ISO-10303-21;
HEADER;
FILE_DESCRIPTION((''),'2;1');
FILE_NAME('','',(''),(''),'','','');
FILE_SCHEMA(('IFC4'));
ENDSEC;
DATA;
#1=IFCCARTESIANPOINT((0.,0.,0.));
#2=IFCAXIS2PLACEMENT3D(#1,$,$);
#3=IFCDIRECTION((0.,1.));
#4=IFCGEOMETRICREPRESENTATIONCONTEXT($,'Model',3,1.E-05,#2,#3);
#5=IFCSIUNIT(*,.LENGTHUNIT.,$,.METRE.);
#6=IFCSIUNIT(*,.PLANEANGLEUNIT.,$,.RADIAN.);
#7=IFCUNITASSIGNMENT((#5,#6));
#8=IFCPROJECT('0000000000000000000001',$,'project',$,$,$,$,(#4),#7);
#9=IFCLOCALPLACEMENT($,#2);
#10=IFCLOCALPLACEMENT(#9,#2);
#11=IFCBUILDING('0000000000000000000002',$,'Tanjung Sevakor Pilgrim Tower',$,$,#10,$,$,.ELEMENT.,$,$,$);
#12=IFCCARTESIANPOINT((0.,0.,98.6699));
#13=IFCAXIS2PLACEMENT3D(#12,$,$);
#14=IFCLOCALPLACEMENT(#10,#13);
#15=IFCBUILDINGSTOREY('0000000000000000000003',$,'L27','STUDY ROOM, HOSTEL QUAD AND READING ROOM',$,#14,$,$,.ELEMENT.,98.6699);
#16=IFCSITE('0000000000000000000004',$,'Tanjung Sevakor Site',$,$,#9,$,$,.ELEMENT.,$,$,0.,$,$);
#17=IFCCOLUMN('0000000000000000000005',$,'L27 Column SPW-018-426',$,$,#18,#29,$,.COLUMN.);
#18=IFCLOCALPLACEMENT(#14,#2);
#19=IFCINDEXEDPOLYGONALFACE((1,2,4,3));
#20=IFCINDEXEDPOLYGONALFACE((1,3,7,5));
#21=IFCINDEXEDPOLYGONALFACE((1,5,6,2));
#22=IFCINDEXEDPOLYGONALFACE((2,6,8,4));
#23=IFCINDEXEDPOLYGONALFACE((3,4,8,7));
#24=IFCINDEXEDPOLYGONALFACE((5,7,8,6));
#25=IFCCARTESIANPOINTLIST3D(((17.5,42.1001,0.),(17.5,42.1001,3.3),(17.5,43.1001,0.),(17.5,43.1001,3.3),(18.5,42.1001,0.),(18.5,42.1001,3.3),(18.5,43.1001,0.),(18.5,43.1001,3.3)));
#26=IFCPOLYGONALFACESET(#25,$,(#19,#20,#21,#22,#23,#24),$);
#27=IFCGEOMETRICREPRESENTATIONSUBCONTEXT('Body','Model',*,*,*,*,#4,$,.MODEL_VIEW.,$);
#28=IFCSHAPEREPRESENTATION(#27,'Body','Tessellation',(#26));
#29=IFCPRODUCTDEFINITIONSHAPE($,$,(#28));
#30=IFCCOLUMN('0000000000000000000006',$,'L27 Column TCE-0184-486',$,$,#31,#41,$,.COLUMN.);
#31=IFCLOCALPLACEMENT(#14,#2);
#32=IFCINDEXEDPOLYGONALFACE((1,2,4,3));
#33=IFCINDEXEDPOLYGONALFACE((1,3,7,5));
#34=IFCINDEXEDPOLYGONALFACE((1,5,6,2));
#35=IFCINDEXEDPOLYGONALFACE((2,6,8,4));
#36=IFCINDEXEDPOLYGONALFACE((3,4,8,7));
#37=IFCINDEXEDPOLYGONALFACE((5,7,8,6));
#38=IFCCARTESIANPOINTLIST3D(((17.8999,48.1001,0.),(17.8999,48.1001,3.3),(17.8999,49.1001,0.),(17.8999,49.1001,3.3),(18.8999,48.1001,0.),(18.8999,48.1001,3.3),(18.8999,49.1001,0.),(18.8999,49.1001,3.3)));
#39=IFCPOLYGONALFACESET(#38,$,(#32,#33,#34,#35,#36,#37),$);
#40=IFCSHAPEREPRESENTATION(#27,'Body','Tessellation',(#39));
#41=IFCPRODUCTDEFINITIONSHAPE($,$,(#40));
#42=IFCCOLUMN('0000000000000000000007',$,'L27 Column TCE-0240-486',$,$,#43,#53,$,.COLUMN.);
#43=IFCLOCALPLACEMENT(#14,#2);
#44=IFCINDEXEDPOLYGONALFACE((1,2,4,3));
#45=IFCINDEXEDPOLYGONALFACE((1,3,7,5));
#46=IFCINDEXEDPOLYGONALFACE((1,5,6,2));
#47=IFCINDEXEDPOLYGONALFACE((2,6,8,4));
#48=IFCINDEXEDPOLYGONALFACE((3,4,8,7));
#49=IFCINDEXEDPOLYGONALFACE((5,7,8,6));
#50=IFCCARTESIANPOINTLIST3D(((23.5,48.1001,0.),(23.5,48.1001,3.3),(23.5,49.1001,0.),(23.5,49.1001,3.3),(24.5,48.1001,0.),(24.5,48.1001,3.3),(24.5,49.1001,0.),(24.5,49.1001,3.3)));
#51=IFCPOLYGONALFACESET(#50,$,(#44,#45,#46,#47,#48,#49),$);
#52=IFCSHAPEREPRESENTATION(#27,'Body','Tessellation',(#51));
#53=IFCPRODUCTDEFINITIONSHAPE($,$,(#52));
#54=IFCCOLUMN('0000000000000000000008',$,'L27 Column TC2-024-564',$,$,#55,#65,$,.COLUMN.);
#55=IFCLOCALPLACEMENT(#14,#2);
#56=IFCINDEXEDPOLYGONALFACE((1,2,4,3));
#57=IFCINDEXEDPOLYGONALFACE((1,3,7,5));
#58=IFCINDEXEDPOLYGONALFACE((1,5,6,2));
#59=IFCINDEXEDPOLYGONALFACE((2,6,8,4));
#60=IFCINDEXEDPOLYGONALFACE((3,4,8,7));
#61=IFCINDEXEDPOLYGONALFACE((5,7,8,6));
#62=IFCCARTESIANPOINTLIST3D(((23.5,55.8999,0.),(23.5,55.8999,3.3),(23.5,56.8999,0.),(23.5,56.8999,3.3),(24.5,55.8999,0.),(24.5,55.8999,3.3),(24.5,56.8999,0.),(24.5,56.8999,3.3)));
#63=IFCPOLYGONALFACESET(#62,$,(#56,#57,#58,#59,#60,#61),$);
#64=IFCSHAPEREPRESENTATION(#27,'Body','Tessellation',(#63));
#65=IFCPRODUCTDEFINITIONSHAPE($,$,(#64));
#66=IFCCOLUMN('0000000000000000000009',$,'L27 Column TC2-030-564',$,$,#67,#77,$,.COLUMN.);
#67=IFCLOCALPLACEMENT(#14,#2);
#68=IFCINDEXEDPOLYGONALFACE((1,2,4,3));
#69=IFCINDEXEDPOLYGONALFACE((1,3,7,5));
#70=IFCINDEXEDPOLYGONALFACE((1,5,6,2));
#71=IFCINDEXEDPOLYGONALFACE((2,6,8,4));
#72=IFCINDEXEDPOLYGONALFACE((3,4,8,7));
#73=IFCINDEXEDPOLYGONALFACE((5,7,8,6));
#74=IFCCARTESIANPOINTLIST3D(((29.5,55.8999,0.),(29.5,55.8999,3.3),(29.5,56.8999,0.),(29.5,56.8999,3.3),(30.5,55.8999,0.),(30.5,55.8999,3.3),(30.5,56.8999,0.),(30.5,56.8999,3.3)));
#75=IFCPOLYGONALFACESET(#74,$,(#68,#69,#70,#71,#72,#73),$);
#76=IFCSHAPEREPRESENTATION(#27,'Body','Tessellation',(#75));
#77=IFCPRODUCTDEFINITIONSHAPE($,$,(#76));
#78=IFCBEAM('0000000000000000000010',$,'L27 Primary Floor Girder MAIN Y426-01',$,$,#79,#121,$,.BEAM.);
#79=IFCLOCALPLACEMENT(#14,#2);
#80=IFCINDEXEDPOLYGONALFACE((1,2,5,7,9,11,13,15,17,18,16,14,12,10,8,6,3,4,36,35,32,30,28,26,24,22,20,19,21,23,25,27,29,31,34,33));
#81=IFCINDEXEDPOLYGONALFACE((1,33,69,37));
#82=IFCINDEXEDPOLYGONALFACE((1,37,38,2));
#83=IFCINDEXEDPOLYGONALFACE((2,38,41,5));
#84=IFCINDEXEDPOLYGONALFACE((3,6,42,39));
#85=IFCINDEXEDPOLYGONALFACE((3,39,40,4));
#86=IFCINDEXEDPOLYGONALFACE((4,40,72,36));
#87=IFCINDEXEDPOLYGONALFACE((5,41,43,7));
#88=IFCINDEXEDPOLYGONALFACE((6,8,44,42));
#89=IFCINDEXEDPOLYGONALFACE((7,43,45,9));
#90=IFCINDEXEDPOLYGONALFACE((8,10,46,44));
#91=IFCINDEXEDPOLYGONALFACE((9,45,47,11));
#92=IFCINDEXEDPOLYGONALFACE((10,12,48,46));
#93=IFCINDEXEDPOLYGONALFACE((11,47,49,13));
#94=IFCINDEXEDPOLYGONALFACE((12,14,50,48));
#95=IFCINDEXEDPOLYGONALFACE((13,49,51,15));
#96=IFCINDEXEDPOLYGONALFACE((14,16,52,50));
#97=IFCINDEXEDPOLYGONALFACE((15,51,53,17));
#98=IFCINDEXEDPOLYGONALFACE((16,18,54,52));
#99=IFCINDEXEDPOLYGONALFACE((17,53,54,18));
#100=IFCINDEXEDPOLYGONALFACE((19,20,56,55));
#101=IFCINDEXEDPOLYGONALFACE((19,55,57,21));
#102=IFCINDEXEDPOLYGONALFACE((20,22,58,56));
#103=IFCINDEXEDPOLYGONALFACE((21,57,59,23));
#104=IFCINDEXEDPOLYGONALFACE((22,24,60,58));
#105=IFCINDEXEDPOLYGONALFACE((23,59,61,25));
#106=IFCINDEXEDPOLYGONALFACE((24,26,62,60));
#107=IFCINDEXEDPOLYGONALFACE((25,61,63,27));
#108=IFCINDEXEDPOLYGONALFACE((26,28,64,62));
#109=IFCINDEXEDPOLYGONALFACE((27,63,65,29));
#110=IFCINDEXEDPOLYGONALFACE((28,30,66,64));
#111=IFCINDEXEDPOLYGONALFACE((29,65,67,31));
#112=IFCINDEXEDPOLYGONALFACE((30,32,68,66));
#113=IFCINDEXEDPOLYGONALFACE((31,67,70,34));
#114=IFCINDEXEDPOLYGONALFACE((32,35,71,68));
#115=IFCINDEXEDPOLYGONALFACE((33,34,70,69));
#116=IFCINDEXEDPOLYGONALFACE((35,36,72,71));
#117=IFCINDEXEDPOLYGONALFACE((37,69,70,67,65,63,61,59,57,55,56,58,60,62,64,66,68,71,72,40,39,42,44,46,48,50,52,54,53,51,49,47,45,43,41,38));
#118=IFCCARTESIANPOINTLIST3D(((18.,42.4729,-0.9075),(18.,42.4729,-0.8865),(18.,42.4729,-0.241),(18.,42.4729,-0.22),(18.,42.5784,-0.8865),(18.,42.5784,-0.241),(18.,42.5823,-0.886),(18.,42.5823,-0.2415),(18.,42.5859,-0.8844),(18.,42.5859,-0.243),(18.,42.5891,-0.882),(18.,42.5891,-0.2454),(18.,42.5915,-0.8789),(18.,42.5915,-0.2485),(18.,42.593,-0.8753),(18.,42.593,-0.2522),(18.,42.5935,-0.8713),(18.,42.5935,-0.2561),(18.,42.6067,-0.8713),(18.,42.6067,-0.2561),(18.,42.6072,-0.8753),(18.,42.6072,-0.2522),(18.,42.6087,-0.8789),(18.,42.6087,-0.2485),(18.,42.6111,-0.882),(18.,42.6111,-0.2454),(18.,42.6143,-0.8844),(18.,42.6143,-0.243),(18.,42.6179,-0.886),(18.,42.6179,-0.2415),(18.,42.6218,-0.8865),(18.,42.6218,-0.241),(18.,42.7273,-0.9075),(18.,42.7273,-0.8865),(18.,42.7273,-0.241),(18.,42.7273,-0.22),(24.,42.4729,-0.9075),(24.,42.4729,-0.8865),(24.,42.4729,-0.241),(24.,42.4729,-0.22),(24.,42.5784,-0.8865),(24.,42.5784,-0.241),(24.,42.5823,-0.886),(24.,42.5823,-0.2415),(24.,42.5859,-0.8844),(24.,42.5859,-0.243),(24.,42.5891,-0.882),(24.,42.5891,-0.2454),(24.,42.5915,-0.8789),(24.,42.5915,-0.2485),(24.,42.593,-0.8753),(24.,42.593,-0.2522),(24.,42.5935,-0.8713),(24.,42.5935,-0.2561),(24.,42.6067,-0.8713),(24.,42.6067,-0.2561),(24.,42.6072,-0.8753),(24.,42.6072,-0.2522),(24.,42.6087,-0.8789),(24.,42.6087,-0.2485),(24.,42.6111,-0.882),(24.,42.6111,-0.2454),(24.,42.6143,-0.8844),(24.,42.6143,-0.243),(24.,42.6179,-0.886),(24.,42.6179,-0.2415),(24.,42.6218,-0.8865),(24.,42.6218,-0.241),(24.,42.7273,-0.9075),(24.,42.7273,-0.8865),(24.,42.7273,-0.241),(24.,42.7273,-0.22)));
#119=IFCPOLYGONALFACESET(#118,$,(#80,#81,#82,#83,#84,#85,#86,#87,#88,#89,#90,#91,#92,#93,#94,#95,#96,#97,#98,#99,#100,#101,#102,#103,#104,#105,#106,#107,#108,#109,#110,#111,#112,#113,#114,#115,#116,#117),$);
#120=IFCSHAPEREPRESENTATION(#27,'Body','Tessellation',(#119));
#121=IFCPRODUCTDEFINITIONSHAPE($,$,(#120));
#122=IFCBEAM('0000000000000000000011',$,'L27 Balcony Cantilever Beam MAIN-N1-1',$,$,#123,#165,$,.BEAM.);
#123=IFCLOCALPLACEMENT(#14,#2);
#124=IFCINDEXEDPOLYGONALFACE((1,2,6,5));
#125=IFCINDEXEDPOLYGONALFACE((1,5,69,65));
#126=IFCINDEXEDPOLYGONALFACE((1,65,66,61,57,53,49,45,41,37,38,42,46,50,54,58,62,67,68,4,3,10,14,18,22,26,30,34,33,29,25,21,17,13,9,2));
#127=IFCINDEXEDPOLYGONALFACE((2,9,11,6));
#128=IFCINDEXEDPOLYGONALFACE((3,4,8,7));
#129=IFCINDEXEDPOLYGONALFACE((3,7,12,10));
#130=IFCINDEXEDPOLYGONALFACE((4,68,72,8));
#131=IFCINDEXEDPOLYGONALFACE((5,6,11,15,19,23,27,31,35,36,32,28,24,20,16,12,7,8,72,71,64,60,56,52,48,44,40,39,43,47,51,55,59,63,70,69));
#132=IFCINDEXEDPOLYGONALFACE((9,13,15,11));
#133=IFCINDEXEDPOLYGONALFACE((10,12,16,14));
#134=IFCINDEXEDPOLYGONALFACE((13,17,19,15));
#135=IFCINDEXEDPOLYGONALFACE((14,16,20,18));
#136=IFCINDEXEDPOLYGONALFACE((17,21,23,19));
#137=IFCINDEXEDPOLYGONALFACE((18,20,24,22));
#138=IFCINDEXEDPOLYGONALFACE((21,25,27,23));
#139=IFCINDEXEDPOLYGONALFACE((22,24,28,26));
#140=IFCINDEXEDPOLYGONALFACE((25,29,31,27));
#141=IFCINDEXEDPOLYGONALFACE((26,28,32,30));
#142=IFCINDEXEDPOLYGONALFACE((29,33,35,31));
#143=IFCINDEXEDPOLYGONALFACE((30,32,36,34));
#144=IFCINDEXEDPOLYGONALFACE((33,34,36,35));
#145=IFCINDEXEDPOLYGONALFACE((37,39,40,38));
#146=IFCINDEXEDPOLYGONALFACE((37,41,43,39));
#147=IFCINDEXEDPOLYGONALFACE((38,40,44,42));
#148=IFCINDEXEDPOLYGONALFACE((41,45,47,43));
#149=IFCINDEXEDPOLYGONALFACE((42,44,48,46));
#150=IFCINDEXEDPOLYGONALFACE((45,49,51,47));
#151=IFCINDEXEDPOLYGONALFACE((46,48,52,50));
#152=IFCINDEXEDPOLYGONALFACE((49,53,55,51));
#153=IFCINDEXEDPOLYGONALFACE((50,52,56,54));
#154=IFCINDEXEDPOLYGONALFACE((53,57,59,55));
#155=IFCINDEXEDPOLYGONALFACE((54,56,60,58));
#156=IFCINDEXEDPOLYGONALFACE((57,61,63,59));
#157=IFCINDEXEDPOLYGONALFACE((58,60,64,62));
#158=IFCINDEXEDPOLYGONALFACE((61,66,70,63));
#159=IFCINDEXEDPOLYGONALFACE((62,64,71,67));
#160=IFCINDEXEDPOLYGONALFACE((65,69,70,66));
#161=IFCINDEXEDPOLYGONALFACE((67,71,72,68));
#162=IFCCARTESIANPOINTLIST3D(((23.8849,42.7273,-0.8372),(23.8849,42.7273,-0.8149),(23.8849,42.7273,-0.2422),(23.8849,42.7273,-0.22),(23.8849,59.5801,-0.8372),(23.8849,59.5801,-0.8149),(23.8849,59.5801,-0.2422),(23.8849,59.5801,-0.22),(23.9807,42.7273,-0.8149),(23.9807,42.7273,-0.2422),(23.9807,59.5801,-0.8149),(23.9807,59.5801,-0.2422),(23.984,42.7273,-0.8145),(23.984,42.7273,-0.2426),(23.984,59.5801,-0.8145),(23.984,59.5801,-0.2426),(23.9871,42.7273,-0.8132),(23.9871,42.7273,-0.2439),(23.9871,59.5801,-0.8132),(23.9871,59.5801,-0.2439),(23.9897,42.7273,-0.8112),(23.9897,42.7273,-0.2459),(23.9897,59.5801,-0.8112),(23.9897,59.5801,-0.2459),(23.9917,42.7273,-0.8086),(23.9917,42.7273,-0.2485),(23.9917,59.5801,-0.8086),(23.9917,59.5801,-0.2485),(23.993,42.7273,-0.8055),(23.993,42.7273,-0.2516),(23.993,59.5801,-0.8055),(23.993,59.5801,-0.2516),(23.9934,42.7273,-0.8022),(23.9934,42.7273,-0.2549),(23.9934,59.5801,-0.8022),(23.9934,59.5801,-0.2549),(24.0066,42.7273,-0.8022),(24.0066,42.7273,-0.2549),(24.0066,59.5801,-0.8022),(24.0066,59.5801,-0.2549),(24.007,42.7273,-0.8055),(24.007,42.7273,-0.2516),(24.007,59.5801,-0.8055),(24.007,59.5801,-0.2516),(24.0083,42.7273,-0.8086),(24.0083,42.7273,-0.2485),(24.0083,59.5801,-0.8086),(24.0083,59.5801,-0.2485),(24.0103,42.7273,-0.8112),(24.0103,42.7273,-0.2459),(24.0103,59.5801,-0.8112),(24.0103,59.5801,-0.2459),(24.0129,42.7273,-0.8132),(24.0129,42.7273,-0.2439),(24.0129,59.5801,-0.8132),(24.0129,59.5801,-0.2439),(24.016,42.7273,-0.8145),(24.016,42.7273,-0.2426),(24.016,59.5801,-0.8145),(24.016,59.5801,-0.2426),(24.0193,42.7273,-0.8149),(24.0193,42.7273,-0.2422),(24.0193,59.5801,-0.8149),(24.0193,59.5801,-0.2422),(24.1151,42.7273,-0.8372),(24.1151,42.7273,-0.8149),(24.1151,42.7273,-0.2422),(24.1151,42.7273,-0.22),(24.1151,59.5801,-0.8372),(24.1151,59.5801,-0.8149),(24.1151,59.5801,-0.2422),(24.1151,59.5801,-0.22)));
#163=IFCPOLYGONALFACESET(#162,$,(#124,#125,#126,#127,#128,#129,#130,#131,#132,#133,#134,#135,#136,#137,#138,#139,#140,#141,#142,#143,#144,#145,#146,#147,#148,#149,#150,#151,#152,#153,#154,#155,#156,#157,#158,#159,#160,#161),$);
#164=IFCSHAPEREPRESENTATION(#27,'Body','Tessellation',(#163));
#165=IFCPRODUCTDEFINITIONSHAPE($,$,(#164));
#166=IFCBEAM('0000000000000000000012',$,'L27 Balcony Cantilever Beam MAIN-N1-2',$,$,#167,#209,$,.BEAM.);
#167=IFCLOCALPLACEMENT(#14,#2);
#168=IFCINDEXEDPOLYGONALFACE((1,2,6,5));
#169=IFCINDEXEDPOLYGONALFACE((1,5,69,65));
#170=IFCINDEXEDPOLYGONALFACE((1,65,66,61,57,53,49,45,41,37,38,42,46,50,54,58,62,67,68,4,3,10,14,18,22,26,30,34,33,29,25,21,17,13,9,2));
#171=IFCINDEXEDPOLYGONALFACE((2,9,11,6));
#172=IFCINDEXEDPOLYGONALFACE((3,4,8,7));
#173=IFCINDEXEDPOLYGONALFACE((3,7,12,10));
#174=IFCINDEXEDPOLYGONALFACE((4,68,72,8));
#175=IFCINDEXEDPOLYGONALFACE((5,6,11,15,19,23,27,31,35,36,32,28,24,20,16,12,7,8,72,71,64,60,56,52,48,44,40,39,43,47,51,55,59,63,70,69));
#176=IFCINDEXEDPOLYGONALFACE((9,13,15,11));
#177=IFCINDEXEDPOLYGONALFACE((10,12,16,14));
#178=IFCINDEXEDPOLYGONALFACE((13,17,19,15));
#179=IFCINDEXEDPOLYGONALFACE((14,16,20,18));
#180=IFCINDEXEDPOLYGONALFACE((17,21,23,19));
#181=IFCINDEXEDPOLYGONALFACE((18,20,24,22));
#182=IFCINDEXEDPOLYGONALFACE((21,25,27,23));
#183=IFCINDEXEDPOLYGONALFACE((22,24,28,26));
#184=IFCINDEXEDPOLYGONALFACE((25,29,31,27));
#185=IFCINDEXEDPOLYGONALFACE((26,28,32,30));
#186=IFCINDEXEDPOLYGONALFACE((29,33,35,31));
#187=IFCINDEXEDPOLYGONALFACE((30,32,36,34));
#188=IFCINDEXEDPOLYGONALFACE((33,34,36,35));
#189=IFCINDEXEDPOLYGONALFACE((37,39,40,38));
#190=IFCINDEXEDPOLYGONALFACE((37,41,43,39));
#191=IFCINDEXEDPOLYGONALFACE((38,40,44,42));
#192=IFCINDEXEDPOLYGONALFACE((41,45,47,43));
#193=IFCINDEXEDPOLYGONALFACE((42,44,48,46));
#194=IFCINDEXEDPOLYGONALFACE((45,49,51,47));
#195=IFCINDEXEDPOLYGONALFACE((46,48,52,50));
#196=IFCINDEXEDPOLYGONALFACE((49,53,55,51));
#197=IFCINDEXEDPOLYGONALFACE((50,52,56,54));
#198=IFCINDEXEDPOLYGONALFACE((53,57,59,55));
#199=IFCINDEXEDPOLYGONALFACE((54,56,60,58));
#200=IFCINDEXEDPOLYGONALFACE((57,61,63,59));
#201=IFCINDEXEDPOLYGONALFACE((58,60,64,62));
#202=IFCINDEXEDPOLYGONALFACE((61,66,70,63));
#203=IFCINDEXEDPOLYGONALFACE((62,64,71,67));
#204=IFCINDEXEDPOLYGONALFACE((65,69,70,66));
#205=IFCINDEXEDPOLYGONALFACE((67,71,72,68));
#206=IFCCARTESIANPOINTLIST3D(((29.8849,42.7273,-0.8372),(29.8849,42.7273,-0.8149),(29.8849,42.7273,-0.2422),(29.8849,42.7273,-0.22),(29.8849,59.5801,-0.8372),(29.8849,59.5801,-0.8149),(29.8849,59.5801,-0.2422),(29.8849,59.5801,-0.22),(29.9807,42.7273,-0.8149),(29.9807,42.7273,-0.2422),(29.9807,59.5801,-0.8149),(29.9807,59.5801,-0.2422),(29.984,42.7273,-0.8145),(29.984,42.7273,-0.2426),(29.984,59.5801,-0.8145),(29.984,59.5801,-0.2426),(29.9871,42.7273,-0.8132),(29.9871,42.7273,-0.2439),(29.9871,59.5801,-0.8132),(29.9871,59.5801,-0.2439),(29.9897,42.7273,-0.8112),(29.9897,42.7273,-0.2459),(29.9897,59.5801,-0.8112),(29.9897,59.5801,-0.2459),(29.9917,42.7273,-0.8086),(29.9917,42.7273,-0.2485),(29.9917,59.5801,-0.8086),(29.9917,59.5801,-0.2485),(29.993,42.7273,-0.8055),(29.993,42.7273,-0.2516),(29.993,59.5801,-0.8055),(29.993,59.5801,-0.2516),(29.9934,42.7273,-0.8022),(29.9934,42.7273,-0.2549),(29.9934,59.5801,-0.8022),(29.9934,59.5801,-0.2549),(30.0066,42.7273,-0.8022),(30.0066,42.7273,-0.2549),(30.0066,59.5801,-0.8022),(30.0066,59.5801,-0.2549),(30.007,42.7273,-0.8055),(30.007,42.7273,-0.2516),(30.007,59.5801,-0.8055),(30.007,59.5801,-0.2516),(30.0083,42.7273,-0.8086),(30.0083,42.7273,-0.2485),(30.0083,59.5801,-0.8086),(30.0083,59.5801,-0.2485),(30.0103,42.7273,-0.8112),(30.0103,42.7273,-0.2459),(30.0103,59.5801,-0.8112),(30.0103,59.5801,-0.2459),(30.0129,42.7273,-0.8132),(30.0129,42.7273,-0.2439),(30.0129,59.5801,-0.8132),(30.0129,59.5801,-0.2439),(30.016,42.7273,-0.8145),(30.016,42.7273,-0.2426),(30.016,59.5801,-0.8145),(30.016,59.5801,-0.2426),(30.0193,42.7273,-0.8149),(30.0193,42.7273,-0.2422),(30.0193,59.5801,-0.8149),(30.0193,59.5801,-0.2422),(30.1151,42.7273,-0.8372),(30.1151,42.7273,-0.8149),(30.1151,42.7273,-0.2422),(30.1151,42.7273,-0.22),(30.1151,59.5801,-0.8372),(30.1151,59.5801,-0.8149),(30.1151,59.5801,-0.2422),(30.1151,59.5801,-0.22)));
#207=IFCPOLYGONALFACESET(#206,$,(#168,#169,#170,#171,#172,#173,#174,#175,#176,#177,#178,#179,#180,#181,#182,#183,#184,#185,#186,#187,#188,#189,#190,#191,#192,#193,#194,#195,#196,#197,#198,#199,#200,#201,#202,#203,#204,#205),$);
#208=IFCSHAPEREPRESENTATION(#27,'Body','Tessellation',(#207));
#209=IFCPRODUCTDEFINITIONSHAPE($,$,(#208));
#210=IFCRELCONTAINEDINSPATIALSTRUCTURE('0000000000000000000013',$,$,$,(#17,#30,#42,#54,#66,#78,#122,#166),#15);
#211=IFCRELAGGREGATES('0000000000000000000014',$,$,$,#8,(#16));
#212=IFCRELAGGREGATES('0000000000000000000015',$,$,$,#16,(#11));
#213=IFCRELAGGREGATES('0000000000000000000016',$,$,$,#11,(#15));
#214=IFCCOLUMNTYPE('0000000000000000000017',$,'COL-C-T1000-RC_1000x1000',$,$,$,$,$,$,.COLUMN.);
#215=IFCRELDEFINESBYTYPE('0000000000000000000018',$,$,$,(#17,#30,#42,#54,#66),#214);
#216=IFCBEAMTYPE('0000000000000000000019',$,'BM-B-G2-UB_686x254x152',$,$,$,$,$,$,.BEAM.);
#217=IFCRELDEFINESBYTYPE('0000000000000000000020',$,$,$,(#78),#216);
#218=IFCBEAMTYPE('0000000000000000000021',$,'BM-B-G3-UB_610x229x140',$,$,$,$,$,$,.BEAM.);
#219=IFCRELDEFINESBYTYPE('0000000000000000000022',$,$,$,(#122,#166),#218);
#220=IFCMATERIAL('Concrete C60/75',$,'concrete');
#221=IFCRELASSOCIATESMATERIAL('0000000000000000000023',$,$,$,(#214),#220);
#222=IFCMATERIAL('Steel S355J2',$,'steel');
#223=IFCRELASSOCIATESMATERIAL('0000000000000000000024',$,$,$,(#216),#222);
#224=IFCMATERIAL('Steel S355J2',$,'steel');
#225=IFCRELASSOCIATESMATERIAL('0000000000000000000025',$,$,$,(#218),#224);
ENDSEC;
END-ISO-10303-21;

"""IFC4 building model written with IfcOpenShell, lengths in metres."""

from ifc_helpers import new_model, si_unit, direction, frame, origin, origin_2d, place, context, subcontext, project, spatial, rectangle, i_section, extrude, material, material_profile, profile_set, type_object, element, save


model = new_model("IFC4")

# Units and contexts
model_context = context("Model", 3, precision=1e-05, world=origin(), true_north=direction((0.0, 1.0)))
body_context = subcontext(model_context, "Body", "Model", "MODEL_VIEW")
ifc_project = project(units=[si_unit("LENGTHUNIT", "METRE"), si_unit("PLANEANGLEUNIT", "RADIAN")], contexts=[model_context])

# Site, building, storey
site_placement = place(None, origin())
site = spatial("IfcSite", under=ifc_project, at=site_placement, Name="Tanjung Sevakor Site", CompositionType="ELEMENT", RefElevation=0.0)
building_placement = place(site_placement, origin())
building = spatial("IfcBuilding", under=site, at=building_placement, Name="Tanjung Sevakor Pilgrim Tower", CompositionType="ELEMENT")
storey_placement = place(building_placement, frame((0.0, 0.0, 98.6699)))
storey = spatial("IfcBuildingStorey", under=building, at=storey_placement, Name="L27", Description="STUDY ROOM, HOSTEL QUAD AND READING ROOM", CompositionType="ELEMENT", Elevation=98.6699)

# Columns
ifc_material_1 = material(Name="Concrete C60/75", Category="concrete")
ifc_material_profile_1 = material_profile(ifc_material_1, rectangle(XDim=1.0, YDim=1.0, at=origin_2d()))
ifc_profile_set_1 = profile_set([ifc_material_profile_1], Name="Concrete C60/75")
column_type = type_object("IfcColumnType", Name="COL-C-T1000-RC_1000x1000", PredefinedType="COLUMN", material=ifc_profile_set_1)
for number, where, z_axis, x_axis, name in (
    (1, (18.0, 42.6001, 0.0), (0.0, 0.0, 1.0), (1.0, 0.0, 0.0), "L27 Column SPW-018-426"),
    (2, (18.3999, 48.6001, 0.0), (0.0, 0.0, 1.0), (1.0, 0.0, 0.0), "L27 Column TCE-0184-486"),
    (3, (24.0, 48.6001, 0.0), (0.0, 0.0, 1.0), (1.0, 0.0, 0.0), "L27 Column TCE-0240-486"),
    (4, (24.0, 56.3999, 0.0), (0.0, 0.0, 1.0), (1.0, 0.0, 0.0), "L27 Column TC2-024-564"),
    (5, (30.0, 56.3999, 0.0), (0.0, 0.0, 1.0), (1.0, 0.0, 0.0), "L27 Column TC2-030-564"),
):
    element("IfcColumn", number, at=place(storey_placement, frame(where, z_axis=z_axis, x_axis=x_axis)), inside=storey, type_object=column_type, Name=name, PredefinedType="COLUMN", context=body_context, shape_type="SweptSolid", body=[
        extrude(rectangle(XDim=1.0, YDim=1.0, at=origin_2d()), origin(), (0.0, 0.0, 1.0), 3.3),
    ])

# Beams
ifc_material_2 = material(Name="Steel S355J2", Category="steel")
ifc_material_profile_2 = material_profile(ifc_material_2, i_section(OverallWidth=0.2544, OverallDepth=0.6875, WebThickness=0.0132, FlangeThickness=0.021, FilletRadius=0.0151, at=origin_2d()))
ifc_profile_set_2 = profile_set([ifc_material_profile_2], Name="Steel S355J2")
beam_type_1 = type_object("IfcBeamType", Name="BM-B-G2-UB_686x254x152", PredefinedType="BEAM", material=ifc_profile_set_2)
beam_1_placement = place(storey_placement, frame((18.0, 42.6001, -0.5637), z_axis=(1.0, 0.0, 0.0), x_axis=(0.0, 1.0, 0.0)))
element("IfcBeam", 6, at=beam_1_placement, inside=storey, type_object=beam_type_1, Name="L27 Primary Floor Girder MAIN Y426-01", PredefinedType="BEAM", context=body_context, shape_type="SweptSolid", body=[
    extrude(i_section(OverallWidth=0.2544, OverallDepth=0.6875, WebThickness=0.0132, FlangeThickness=0.021, FilletRadius=0.0151, at=origin_2d()), origin(), (0.0, 0.0, 1.0), 6.0),
])
ifc_material_3 = material(Name="Steel S355J2", Category="steel")
ifc_material_profile_3 = material_profile(ifc_material_3, i_section(OverallWidth=0.2302, OverallDepth=0.6172, WebThickness=0.0132, FlangeThickness=0.0222, FilletRadius=0.0127, at=origin_2d()))
ifc_profile_set_3 = profile_set([ifc_material_profile_3], Name="Steel S355J2")
beam_type_2 = type_object("IfcBeamType", Name="BM-B-G3-UB_610x229x140", PredefinedType="BEAM", material=ifc_profile_set_3)
for number, where, z_axis, x_axis, name in (
    (7, (24.0, 42.7273, -0.5286), (0.0, 1.0, 0.0), (-1.0, 0.0, 0.0), "L27 Balcony Cantilever Beam MAIN-N1-1"),
    (8, (30.0, 42.7273, -0.5286), (0.0, 1.0, 0.0), (-1.0, 0.0, 0.0), "L27 Balcony Cantilever Beam MAIN-N1-2"),
):
    element("IfcBeam", number, at=place(storey_placement, frame(where, z_axis=z_axis, x_axis=x_axis)), inside=storey, type_object=beam_type_2, Name=name, PredefinedType="BEAM", context=body_context, shape_type="SweptSolid", body=[
        extrude(i_section(OverallWidth=0.2302, OverallDepth=0.6172, WebThickness=0.0132, FlangeThickness=0.0222, FilletRadius=0.0127, at=origin_2d()), origin(), (0.0, 0.0, 1.0), 16.8528),
    ])

save(model, "model.ifc")
